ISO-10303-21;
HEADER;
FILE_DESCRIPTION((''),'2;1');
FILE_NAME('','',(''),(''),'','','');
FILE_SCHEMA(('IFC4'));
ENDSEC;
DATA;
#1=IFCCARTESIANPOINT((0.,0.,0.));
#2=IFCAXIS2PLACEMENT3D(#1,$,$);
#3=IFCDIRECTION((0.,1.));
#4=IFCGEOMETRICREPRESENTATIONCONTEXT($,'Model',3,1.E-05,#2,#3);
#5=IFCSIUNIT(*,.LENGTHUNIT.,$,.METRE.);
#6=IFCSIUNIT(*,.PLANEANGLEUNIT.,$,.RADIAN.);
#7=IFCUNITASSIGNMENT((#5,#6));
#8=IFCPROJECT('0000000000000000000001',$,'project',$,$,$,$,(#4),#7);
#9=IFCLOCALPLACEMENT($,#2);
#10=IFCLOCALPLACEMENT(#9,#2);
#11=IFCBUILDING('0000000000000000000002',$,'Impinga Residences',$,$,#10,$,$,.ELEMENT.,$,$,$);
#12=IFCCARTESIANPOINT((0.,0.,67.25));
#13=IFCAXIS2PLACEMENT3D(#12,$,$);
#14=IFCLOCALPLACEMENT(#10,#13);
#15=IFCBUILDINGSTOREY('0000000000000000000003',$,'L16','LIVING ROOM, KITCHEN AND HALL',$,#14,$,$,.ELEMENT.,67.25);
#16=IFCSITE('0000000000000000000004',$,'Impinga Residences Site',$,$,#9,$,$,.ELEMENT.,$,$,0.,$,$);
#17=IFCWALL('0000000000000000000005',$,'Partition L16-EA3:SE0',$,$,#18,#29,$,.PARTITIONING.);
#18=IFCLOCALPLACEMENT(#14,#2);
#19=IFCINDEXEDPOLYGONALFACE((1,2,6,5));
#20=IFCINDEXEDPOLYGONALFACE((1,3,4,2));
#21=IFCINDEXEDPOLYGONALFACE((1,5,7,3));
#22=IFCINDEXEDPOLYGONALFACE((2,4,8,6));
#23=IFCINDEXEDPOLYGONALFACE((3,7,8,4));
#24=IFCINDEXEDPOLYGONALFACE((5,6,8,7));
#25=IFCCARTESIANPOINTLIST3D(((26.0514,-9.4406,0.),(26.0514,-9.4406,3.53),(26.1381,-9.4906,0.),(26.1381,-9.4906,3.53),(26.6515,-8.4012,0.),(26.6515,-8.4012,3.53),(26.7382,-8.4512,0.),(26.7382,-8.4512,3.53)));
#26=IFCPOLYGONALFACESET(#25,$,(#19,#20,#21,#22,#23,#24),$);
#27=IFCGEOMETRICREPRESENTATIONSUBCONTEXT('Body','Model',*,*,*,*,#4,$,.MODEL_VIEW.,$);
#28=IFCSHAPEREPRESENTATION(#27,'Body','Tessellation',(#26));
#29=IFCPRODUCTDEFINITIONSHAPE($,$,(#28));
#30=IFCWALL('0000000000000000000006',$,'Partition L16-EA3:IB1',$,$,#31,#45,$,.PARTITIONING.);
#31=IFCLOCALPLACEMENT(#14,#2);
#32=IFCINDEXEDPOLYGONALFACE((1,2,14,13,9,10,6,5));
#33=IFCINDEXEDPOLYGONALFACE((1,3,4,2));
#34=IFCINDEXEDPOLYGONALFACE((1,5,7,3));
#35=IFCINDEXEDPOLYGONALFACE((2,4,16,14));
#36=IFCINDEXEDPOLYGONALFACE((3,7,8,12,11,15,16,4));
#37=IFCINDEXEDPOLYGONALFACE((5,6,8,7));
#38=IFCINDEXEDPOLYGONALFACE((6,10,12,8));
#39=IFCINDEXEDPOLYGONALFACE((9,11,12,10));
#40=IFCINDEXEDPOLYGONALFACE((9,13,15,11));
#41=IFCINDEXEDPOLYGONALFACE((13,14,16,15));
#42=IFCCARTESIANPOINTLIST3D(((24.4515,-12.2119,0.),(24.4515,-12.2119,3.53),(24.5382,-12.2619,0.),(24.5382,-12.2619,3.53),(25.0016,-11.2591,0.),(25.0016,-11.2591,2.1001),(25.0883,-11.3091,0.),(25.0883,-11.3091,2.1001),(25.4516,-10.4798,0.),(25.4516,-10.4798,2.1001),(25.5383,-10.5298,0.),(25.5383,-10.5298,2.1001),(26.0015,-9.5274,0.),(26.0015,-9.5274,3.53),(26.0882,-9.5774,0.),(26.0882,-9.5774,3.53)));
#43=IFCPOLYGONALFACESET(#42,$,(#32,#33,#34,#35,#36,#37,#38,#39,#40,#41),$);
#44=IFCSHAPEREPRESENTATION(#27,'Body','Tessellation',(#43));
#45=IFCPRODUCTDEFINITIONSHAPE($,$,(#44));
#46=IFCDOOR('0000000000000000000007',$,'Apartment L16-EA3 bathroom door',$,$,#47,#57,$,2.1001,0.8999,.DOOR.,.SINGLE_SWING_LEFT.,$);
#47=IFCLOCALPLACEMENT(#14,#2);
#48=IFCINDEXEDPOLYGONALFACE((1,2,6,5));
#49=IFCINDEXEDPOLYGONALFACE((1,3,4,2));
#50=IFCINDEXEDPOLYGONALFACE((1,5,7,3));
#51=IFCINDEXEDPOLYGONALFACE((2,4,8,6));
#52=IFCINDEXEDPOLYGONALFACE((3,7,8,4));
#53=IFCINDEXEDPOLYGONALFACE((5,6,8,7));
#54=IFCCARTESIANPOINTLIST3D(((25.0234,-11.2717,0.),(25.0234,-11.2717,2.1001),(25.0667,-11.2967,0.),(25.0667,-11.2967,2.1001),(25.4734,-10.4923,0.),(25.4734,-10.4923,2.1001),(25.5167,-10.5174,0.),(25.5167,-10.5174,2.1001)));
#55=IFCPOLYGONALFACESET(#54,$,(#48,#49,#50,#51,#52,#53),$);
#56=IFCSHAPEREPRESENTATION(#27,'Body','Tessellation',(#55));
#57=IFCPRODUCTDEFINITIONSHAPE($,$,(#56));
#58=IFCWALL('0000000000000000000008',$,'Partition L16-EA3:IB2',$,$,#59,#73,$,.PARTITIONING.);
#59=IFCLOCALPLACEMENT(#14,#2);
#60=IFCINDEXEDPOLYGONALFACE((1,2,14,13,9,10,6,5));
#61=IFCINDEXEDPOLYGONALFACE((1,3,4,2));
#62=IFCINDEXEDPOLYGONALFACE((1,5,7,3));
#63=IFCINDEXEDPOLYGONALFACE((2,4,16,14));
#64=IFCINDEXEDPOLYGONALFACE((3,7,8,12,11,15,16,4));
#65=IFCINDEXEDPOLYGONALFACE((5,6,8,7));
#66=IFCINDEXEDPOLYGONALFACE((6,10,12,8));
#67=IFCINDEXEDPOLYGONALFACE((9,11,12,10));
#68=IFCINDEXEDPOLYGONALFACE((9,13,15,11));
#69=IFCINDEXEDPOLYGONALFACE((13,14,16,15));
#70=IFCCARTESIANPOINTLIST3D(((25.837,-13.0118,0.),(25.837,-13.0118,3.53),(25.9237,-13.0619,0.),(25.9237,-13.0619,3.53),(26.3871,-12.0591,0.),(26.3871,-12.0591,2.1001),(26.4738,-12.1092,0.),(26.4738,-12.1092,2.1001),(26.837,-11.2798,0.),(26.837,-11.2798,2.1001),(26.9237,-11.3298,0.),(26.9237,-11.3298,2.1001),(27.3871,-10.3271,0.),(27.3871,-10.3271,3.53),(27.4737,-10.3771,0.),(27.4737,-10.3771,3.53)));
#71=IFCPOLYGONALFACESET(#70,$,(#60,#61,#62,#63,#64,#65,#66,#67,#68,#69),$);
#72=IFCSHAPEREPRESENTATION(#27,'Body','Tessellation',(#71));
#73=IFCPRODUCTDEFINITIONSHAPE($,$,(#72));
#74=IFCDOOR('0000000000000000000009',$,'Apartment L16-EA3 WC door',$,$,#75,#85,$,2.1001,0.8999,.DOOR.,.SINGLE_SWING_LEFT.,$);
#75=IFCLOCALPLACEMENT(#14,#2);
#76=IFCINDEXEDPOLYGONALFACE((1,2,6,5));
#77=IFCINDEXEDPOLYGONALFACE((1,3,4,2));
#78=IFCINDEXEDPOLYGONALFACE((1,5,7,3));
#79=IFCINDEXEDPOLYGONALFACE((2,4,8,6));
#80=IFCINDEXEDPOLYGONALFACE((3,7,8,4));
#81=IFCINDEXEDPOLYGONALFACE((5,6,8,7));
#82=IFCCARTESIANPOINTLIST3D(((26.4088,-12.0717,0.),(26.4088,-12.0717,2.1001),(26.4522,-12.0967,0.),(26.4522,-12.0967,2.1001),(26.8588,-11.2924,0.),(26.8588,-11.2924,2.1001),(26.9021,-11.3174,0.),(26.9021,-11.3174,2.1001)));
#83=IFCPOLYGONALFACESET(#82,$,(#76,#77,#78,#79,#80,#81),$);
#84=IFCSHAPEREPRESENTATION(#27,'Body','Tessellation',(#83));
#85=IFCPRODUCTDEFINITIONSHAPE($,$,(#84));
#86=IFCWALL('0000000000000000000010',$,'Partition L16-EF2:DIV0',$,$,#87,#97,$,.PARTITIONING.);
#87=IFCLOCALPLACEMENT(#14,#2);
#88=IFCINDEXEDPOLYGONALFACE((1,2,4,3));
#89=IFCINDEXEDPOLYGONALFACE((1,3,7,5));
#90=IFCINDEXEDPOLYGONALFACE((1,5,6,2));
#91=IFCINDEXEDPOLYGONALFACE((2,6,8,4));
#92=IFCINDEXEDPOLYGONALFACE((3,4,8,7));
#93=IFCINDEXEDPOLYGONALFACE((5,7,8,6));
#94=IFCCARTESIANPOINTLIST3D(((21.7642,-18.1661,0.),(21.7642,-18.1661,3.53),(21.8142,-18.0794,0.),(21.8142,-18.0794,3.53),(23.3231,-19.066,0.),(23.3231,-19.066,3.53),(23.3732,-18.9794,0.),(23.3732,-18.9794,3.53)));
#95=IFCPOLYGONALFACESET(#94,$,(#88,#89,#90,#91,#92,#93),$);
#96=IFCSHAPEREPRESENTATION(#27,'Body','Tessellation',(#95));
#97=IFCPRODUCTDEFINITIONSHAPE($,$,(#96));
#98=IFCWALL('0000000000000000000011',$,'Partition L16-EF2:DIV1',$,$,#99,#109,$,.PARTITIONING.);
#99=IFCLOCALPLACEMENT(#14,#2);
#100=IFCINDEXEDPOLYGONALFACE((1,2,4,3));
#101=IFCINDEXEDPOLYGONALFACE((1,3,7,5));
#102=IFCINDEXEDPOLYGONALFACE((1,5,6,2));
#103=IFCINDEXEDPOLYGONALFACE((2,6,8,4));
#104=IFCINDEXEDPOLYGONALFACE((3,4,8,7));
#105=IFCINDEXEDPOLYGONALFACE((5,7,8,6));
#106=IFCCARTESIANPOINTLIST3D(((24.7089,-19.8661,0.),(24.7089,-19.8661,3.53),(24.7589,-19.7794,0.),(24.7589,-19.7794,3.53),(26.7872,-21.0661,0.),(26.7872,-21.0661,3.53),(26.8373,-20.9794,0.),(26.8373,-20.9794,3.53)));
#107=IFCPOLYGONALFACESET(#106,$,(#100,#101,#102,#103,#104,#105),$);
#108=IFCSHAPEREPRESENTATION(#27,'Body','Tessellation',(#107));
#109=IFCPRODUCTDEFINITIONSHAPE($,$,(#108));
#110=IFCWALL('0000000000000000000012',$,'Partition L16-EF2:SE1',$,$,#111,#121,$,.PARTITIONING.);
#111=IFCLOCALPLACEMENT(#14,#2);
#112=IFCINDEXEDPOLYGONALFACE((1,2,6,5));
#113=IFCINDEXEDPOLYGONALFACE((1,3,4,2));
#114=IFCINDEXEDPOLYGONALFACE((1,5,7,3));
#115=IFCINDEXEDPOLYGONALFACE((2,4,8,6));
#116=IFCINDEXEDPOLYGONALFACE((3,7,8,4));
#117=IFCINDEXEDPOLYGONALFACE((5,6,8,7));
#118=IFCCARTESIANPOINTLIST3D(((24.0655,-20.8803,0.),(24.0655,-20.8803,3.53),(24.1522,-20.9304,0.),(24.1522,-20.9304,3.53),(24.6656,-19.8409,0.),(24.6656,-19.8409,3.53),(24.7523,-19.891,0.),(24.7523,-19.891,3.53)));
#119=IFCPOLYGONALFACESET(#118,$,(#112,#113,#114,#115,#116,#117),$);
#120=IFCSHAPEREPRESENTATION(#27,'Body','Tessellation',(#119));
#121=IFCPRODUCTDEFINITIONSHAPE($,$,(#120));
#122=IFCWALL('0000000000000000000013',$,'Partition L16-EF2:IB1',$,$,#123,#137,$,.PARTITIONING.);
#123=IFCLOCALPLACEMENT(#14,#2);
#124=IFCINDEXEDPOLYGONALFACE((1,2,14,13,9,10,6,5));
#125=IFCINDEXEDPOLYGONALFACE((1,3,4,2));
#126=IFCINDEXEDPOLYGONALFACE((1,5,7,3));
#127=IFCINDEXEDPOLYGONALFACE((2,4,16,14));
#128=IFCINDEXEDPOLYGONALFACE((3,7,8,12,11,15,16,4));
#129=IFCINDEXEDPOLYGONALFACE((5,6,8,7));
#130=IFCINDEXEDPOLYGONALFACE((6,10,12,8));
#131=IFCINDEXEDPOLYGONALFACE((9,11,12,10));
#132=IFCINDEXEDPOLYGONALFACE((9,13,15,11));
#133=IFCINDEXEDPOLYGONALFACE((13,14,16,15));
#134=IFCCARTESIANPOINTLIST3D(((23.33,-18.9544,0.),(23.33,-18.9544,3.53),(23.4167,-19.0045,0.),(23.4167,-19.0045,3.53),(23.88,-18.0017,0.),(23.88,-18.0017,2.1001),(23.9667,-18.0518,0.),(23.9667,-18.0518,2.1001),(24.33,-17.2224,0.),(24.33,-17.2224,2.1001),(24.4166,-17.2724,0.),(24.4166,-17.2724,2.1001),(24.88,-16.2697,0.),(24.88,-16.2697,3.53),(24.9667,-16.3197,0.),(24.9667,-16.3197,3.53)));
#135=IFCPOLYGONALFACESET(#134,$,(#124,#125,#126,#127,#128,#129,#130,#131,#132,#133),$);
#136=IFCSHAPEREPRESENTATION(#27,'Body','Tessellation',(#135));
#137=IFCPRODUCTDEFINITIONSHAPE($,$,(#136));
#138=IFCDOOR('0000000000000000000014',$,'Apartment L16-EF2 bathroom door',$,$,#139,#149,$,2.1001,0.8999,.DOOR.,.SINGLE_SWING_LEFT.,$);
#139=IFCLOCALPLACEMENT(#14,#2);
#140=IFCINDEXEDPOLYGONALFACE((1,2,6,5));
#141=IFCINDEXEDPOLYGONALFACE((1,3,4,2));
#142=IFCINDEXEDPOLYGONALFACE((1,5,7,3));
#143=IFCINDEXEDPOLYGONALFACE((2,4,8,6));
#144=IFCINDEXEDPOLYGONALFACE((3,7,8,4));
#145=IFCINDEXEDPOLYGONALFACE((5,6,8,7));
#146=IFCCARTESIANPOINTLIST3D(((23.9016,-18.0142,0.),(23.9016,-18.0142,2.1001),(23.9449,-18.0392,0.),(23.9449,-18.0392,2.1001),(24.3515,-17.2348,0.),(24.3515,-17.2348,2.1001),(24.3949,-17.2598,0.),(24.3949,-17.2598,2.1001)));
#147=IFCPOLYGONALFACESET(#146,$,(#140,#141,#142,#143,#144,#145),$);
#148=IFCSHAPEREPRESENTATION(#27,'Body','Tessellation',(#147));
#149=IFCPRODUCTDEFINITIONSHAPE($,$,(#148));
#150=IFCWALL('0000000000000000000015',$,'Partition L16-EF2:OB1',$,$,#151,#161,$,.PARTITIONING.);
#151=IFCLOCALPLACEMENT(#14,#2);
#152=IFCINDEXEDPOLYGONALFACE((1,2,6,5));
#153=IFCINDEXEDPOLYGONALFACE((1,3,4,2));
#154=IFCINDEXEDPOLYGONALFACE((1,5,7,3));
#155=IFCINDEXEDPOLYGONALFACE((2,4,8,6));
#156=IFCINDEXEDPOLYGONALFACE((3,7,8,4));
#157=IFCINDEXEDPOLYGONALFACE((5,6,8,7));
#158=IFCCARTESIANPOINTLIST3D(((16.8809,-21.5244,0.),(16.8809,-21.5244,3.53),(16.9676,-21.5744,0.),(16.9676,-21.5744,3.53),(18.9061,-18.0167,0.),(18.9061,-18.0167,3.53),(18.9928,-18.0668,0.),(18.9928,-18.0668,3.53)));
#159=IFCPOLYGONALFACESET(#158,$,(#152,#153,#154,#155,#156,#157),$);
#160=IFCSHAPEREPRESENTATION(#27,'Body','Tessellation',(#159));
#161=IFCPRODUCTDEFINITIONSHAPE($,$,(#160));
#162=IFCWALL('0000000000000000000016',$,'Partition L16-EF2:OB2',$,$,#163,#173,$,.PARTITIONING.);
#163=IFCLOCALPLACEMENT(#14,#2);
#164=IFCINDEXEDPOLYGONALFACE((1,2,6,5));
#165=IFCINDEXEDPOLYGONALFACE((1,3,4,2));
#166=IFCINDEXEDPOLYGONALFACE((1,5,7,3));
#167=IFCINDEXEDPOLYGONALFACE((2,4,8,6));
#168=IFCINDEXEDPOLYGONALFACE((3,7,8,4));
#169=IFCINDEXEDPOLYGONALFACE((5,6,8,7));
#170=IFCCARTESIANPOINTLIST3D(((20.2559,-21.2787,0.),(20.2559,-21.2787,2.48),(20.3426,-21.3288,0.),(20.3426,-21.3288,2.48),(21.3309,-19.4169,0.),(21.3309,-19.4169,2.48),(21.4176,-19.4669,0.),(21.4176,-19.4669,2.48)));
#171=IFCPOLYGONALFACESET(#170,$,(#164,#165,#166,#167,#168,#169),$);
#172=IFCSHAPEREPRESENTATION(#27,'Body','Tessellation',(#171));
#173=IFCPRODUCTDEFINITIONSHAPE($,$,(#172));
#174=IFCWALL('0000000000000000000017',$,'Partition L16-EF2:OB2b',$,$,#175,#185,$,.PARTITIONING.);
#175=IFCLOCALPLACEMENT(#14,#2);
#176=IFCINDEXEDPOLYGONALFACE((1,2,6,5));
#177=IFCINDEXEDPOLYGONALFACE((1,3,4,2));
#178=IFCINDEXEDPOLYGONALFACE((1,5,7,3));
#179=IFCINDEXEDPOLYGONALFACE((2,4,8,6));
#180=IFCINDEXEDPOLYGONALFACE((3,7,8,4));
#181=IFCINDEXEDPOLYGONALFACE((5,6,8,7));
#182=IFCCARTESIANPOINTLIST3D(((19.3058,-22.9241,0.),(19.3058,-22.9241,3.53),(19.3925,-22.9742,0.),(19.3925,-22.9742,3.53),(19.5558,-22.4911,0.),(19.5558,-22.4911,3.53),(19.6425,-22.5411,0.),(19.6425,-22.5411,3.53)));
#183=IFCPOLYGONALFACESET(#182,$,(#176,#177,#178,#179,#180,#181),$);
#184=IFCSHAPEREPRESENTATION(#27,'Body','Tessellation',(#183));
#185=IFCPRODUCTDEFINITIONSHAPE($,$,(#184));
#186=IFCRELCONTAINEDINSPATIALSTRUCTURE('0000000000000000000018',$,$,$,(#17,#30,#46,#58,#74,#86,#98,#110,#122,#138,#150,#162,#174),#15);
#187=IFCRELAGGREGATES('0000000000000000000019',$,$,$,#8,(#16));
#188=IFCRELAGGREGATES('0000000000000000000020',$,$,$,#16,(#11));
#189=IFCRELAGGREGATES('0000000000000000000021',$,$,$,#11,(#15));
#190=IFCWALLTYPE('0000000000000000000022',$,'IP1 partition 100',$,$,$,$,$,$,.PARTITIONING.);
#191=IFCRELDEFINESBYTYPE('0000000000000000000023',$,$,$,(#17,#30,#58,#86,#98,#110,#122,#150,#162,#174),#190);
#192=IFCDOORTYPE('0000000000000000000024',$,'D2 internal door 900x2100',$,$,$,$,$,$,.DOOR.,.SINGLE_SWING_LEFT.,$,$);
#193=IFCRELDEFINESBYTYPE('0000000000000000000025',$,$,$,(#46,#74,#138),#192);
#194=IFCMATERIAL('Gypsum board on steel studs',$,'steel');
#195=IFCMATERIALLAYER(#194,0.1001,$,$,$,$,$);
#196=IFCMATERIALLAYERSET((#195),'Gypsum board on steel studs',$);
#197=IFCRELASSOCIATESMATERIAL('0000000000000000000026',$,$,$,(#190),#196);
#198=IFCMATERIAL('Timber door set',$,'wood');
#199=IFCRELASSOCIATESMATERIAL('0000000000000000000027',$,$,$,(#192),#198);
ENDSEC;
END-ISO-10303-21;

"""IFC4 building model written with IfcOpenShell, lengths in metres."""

from ifc_helpers import new_model, si_unit, direction, frame, frame_2d, origin, place, context, subcontext, project, spatial, rectangle, extrude, material, layer, layer_set, type_object, element, fill, save


model = new_model("IFC4")

# Units and contexts
model_context = context("Model", 3, precision=1e-05, world=origin(), true_north=direction((0.0, 1.0)))
body_context = subcontext(model_context, "Body", "Model", "MODEL_VIEW")
ifc_project = project(units=[si_unit("LENGTHUNIT", "METRE"), si_unit("PLANEANGLEUNIT", "RADIAN")], contexts=[model_context])

# Site, building, storey
site_placement = place(None, origin())
site = spatial("IfcSite", under=ifc_project, at=site_placement, Name="Impinga Residences Site", CompositionType="ELEMENT", RefElevation=0.0)
building_placement = place(site_placement, origin())
building = spatial("IfcBuilding", under=site, at=building_placement, Name="Impinga Residences", CompositionType="ELEMENT")
storey_placement = place(building_placement, frame((0.0, 0.0, 67.25)))
storey = spatial("IfcBuildingStorey", under=building, at=storey_placement, Name="L16", Description="LIVING ROOM, KITCHEN AND HALL", CompositionType="ELEMENT", Elevation=67.25)

# Shared definitions
ifc_material_1 = material(Name="Gypsum board on steel studs", Category="steel")
ifc_layer_1 = layer(ifc_material_1, 0.1001)
ifc_layer_set_1 = layer_set([ifc_layer_1], Name="Gypsum board on steel studs")
wall_type_1 = type_object("IfcWallType", Name="IP1 partition 100", PredefinedType="PARTITIONING", material=ifc_layer_set_1)

# Shared definitions
ifc_material_2 = material(Name="Timber door set", Category="wood")
door_type = type_object("IfcDoorType", Name="D2 internal door 900x2100", OperationType="SINGLE_SWING_LEFT", PredefinedType="DOOR", material=ifc_material_2)

# Wall
wall_1_placement = place(storey_placement, frame((26.0947, -9.4656, 0.0), z_axis=(0.0, 0.0, 1.0), x_axis=(0.500034, 0.866006, 0.0)))
element("IfcWall", 1, at=wall_1_placement, inside=storey, type_object=wall_type_1, Name="Partition L16-EA3:SE0", PredefinedType="PARTITIONING", context=body_context, shape_type="SweptSolid", body=[
    extrude(rectangle(XDim=1.2002, YDim=0.1001, at=frame_2d((0.6001, 0.0))), origin(), (0.0, 0.0, 1.0), 3.53),
])

# Walls, openings, doors
wall_2_placement = place(storey_placement, frame((24.4949, -12.2368, 0.0), z_axis=(0.0, 0.0, 1.0), x_axis=(0.500027, 0.86601, 0.0)))
wall_2 = element("IfcWall", 2, at=wall_2_placement, inside=storey, type_object=wall_type_1, Name="Partition L16-EA3:IB1", PredefinedType="PARTITIONING", context=body_context, shape_type="SweptSolid", body=[
    extrude(rectangle(XDim=3.0999, YDim=0.1001, at=frame_2d((1.5498, 0.0))), origin(), (0.0, 0.0, 1.0), 3.53),
])
opening_1_placement = place(wall_2_placement, frame((1.1001, 0.0, 0.0)))
opening_1 = element("IfcOpeningElement", 3, at=opening_1_placement, cuts=wall_2, PredefinedType="OPENING", context=body_context, shape_type="SweptSolid", body=[
    extrude(rectangle(XDim=0.8999, YDim=2.1001, at=frame_2d((0.45, 1.05))), frame((0.0, 0.0601, 0.0), z_axis=(0.0, -1.0, 0.0), x_axis=(1.0, 0.0, 0.0)), (0.0, 0.0, 1.0), 0.1201),
])
door_1_placement = place(opening_1_placement, origin())
door_1 = element("IfcDoor", 4, at=door_1_placement, inside=storey, type_object=door_type, Name="Apartment L16-EA3 bathroom door", OperationType="SINGLE_SWING_LEFT", OverallHeight=2.1001, OverallWidth=0.8999, PredefinedType="DOOR", context=body_context, shape_type="SweptSolid", body=[
    extrude(rectangle(XDim=0.8999, YDim=2.1001, at=frame_2d((0.45, 1.05))), frame((0.0, 0.0249, 0.0), z_axis=(0.0, -1.0, 0.0), x_axis=(1.0, 0.0, 0.0)), (0.0, 0.0, 1.0), 0.05),
])
fill(opening_1, door_1)
wall_3_placement = place(storey_placement, frame((25.8804, -13.0369, 0.0), z_axis=(0.0, 0.0, 1.0), x_axis=(0.499993, 0.86603, 0.0)))
wall_3 = element("IfcWall", 5, at=wall_3_placement, inside=storey, type_object=wall_type_1, Name="Partition L16-EA3:IB2", PredefinedType="PARTITIONING", context=body_context, shape_type="SweptSolid", body=[
    extrude(rectangle(XDim=3.1001, YDim=0.1001, at=frame_2d((1.55, 0.0))), origin(), (0.0, 0.0, 1.0), 3.53),
])
opening_2_placement = place(wall_3_placement, frame((1.1001, 0.0, 0.0)))
opening_2 = element("IfcOpeningElement", 6, at=opening_2_placement, cuts=wall_3, PredefinedType="OPENING", context=body_context, shape_type="SweptSolid", body=[
    extrude(rectangle(XDim=0.8999, YDim=2.1001, at=frame_2d((0.45, 1.05))), frame((0.0, 0.0601, 0.0), z_axis=(0.0, -1.0, 0.0), x_axis=(1.0, 0.0, 0.0)), (0.0, 0.0, 1.0), 0.1201),
])
door_2_placement = place(opening_2_placement, origin())
door_2 = element("IfcDoor", 7, at=door_2_placement, inside=storey, type_object=door_type, Name="Apartment L16-EA3 WC door", OperationType="SINGLE_SWING_LEFT", OverallHeight=2.1001, OverallWidth=0.8999, PredefinedType="DOOR", context=body_context, shape_type="SweptSolid", body=[
    extrude(rectangle(XDim=0.8999, YDim=2.1001, at=frame_2d((0.45, 1.05))), frame((0.0, 0.0249, 0.0), z_axis=(0.0, -1.0, 0.0), x_axis=(1.0, 0.0, 0.0)), (0.0, 0.0, 1.0), 0.05),
])
fill(opening_2, door_2)

# Walls
wall_4_placement = place(storey_placement, frame((21.7893, -18.1228, 0.0), z_axis=(0.0, 0.0, 1.0), x_axis=(0.866048, -0.499961, 0.0)))
element("IfcWall", 8, at=wall_4_placement, inside=storey, type_object=wall_type_1, Name="Partition L16-EF2:DIV0", PredefinedType="PARTITIONING", context=body_context, shape_type="SweptSolid", body=[
    extrude(rectangle(XDim=1.8, YDim=0.1001, at=frame_2d((0.8999, 0.0))), origin(), (0.0, 0.0, 1.0), 3.53),
])
wall_5_placement = place(storey_placement, frame((24.7339, -19.8228, 0.0), z_axis=(0.0, 0.0, 1.0), x_axis=(0.866025, -0.500001, 0.0)))
element("IfcWall", 9, at=wall_5_placement, inside=storey, type_object=wall_type_1, Name="Partition L16-EF2:DIV1", PredefinedType="PARTITIONING", context=body_context, shape_type="SweptSolid", body=[
    extrude(rectangle(XDim=2.3999, YDim=0.1001, at=frame_2d((1.2, 0.0))), origin(), (0.0, 0.0, 1.0), 3.53),
])
wall_6_placement = place(storey_placement, frame((24.709, -19.866, 0.0), z_axis=(0.0, 0.0, 1.0), x_axis=(-0.500034, -0.866006, 0.0)))
element("IfcWall", 10, at=wall_6_placement, inside=storey, type_object=wall_type_1, Name="Partition L16-EF2:SE1", PredefinedType="PARTITIONING", context=body_context, shape_type="SweptSolid", body=[
    extrude(rectangle(XDim=1.2002, YDim=0.1001, at=frame_2d((0.6001, 0.0))), origin(), (0.0, 0.0, 1.0), 3.53),
])

# Wall, opening, door
wall_7_placement = place(storey_placement, frame((24.9233, -16.2947, 0.0), z_axis=(0.0, 0.0, 1.0), x_axis=(-0.499993, -0.86603, 0.0)))
wall_7 = element("IfcWall", 11, at=wall_7_placement, inside=storey, type_object=wall_type_1, Name="Partition L16-EF2:IB1", PredefinedType="PARTITIONING", context=body_context, shape_type="SweptSolid", body=[
    extrude(rectangle(XDim=3.1001, YDim=0.1001, at=frame_2d((1.55, 0.0))), origin(), (0.0, 0.0, 1.0), 3.53),
])
opening_3_placement = place(wall_7_placement, frame((1.1001, 0.0, 0.0)))
opening_3 = element("IfcOpeningElement", 12, at=opening_3_placement, cuts=wall_7, PredefinedType="OPENING", context=body_context, shape_type="SweptSolid", body=[
    extrude(rectangle(XDim=0.8999, YDim=2.1001, at=frame_2d((0.45, 1.05))), frame((0.0, 0.0601, 0.0), z_axis=(0.0, -1.0, 0.0), x_axis=(1.0, 0.0, 0.0)), (0.0, 0.0, 1.0), 0.1201),
])
door_3_placement = place(opening_3_placement, origin())
door_3 = element("IfcDoor", 13, at=door_3_placement, inside=storey, type_object=door_type, Name="Apartment L16-EF2 bathroom door", OperationType="SINGLE_SWING_LEFT", OverallHeight=2.1001, OverallWidth=0.8999, PredefinedType="DOOR", context=body_context, shape_type="SweptSolid", body=[
    extrude(rectangle(XDim=0.8999, YDim=2.1001, at=frame_2d((0.45, 1.05))), frame((0.0, 0.0249, 0.0), z_axis=(0.0, -1.0, 0.0), x_axis=(1.0, 0.0, 0.0)), (0.0, 0.0, 1.0), 0.05),
])
fill(opening_3, door_3)

# Walls
wall_8_placement = place(storey_placement, frame((18.9495, -18.0417, 0.0), z_axis=(0.0, 0.0, 1.0), x_axis=(-0.500009, -0.86602, 0.0)))
element("IfcWall", 14, at=wall_8_placement, inside=storey, type_object=wall_type_1, Name="Partition L16-EF2:OB1", PredefinedType="PARTITIONING", context=body_context, shape_type="SweptSolid", body=[
    extrude(rectangle(XDim=4.0503, YDim=0.1001, at=frame_2d((2.0251, 0.0))), origin(), (0.0, 0.0, 1.0), 3.53),
])
wall_9_placement = place(storey_placement, frame((21.3743, -19.4419, 0.0), z_axis=(0.0, 0.0, 1.0), x_axis=(-0.500011, -0.866019, 0.0)))
element("IfcWall", 15, at=wall_9_placement, inside=storey, type_object=wall_type_1, Name="Partition L16-EF2:OB2", PredefinedType="PARTITIONING", context=body_context, shape_type="SweptSolid", body=[
    extrude(rectangle(XDim=2.1499, YDim=0.1001, at=frame_2d((1.075, 0.0))), origin(), (0.0, 0.0, 1.0), 2.48),
])
wall_10_placement = place(storey_placement, frame((19.5991, -22.5161, 0.0), z_axis=(0.0, 0.0, 1.0), x_axis=(-0.49992, -0.866072, 0.0)))
element("IfcWall", 16, at=wall_10_placement, inside=storey, type_object=wall_type_1, Name="Partition L16-EF2:OB2b", PredefinedType="PARTITIONING", context=body_context, shape_type="SweptSolid", body=[
    extrude(rectangle(XDim=0.5, YDim=0.1001, at=frame_2d((0.25, 0.0))), origin(), (0.0, 0.0, 1.0), 3.53),
])

save(model, "model.ifc")
